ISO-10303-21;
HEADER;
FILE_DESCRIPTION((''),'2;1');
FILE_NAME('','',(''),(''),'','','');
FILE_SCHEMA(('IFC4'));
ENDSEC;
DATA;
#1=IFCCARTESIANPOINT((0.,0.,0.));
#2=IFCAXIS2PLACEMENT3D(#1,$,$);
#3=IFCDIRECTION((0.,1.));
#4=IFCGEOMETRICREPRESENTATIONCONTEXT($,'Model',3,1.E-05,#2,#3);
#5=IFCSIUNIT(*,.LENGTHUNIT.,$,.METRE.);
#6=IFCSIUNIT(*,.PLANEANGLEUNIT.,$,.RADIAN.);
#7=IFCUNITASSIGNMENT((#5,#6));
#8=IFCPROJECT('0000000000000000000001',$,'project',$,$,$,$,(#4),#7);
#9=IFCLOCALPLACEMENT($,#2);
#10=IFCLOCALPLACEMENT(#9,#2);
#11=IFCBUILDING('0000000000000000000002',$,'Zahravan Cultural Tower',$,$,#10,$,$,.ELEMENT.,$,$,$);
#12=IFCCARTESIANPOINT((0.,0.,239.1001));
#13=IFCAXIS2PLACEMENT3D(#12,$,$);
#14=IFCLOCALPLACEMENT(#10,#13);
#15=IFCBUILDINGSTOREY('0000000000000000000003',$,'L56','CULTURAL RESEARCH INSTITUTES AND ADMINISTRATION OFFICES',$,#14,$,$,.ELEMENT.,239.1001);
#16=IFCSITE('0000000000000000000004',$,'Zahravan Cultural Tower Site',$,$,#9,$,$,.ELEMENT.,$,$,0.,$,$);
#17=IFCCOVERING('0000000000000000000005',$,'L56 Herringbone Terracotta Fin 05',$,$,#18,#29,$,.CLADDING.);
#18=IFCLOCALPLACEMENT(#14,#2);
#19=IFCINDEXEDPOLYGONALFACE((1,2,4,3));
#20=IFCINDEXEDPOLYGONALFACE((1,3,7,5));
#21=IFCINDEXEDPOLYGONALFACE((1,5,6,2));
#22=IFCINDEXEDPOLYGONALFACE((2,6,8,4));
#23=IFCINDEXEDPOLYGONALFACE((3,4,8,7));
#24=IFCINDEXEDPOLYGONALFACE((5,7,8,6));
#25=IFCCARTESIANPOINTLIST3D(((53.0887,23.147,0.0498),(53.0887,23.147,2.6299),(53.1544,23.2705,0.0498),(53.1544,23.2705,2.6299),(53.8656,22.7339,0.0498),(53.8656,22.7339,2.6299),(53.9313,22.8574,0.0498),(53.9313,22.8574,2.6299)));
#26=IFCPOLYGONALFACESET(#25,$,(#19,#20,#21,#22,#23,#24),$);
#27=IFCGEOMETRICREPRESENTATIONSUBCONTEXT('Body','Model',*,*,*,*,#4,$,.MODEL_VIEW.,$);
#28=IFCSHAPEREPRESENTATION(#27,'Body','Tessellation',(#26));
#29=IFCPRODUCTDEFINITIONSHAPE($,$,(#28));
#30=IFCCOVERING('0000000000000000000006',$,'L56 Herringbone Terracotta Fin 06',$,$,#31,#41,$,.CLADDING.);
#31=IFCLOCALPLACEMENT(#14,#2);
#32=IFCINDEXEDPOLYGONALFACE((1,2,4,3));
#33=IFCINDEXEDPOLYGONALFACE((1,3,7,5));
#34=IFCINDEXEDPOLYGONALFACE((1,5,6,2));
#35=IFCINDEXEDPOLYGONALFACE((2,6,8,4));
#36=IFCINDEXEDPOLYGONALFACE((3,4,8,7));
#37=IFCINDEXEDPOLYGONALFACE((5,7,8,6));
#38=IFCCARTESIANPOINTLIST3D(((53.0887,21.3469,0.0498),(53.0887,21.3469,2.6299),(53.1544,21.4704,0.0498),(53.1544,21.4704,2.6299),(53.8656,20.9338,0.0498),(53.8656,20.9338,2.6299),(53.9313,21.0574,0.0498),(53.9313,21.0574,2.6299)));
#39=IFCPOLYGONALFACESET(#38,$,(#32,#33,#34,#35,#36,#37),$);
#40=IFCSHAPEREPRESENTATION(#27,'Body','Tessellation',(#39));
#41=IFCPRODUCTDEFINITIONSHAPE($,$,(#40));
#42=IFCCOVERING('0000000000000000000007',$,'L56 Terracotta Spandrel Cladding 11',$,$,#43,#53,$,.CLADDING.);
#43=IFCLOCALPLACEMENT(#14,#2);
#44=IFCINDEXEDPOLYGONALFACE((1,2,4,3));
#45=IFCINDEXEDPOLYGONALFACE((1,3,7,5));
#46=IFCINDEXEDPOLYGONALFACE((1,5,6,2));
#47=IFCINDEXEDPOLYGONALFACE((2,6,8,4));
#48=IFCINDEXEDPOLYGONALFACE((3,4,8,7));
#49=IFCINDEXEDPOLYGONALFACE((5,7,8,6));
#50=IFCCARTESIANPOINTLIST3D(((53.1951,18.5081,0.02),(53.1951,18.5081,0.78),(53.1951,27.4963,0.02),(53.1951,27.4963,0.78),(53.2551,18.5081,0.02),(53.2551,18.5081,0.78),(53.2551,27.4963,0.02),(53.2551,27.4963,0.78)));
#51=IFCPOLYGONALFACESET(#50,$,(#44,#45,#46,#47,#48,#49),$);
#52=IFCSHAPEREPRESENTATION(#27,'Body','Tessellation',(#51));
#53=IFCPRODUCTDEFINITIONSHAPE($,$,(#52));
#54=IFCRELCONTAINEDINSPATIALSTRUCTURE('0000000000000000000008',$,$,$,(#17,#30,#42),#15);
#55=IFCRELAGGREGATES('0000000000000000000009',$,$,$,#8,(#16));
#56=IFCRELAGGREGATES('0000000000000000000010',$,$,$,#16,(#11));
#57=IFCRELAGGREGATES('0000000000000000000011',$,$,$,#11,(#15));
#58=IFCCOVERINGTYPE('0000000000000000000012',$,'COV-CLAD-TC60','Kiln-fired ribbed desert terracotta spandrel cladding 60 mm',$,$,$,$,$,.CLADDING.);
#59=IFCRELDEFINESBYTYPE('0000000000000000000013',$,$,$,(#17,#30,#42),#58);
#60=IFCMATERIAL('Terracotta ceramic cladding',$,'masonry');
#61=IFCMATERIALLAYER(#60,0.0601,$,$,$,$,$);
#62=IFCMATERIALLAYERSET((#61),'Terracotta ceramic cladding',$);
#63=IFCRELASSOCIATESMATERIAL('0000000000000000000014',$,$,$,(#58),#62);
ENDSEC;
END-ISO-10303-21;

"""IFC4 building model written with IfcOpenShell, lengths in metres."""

from ifc_helpers import new_model, si_unit, direction, frame, origin, origin_2d, place, context, subcontext, project, spatial, rectangle, extrude, source, transform, mapped, material, layer, layer_set, type_object, element, save


model = new_model("IFC4")

# Units and contexts
model_context = context("Model", 3, precision=1e-05, world=origin(), true_north=direction((0.0, 1.0)))
body_context = subcontext(model_context, "Body", "Model", "MODEL_VIEW")
ifc_project = project(units=[si_unit("LENGTHUNIT", "METRE"), si_unit("PLANEANGLEUNIT", "RADIAN")], contexts=[model_context])

# Site, building, storey
site_placement = place(None, origin())
site = spatial("IfcSite", under=ifc_project, at=site_placement, Name="Zahravan Cultural Tower Site", CompositionType="ELEMENT", RefElevation=0.0)
building_placement = place(site_placement, origin())
building = spatial("IfcBuilding", under=site, at=building_placement, Name="Zahravan Cultural Tower", CompositionType="ELEMENT")
storey_placement = place(building_placement, frame((0.0, 0.0, 239.1001)))
storey = spatial("IfcBuildingStorey", under=building, at=storey_placement, Name="L56", Description="CULTURAL RESEARCH INSTITUTES AND ADMINISTRATION OFFICES", CompositionType="ELEMENT", Elevation=239.1001)

# Coverings
ifc_material_1 = material(Name="Terracotta ceramic cladding", Category="masonry")
ifc_layer_1 = layer(ifc_material_1, 0.0601)
ifc_layer_set_1 = layer_set([ifc_layer_1], Name="Terracotta ceramic cladding")
covering_type = type_object("IfcCoveringType", Name="COV-CLAD-TC60", Description="Kiln-fired ribbed desert terracotta spandrel cladding 60 mm", PredefinedType="CLADDING", material=ifc_layer_set_1)
shared_shape_1 = source(origin(), body_context, "Body", "SweptSolid", [
    extrude(rectangle(XDim=0.8799, YDim=0.1399, at=origin_2d()), origin(), (0.0, 0.0, 1.0), 2.5801),
])
for number, where, z_axis, x_axis, name in (
    (1, (53.51, 23.0022, 0.0498), (0.0, 0.0, 1.0), (0.882948, -0.469472, 0.0), "L56 Herringbone Terracotta Fin 05"),
    (2, (53.51, 21.2021, 0.0498), (0.0, 0.0, 1.0), (0.882948, -0.469472, 0.0), "L56 Herringbone Terracotta Fin 06"),
):
    element("IfcCovering", number, at=place(storey_placement, frame(where, z_axis=z_axis, x_axis=x_axis)), inside=storey, type_object=covering_type, Name=name, PredefinedType="CLADDING", context=body_context, shape_type="MappedRepresentation", body=[
        mapped(shared_shape_1, transform((0.0, 0.0, 0.0), x_axis=(1.0, 0.0, 0.0), y_axis=(0.0, 1.0, 0.0), z_axis=(0.0, 0.0, 1.0), scale=1.0)),
    ])
shared_shape_2 = source(origin(), body_context, "Body", "SweptSolid", [
    extrude(rectangle(XDim=8.9883, YDim=0.0601, at=origin_2d()), origin(), (0.0, 0.0, 1.0), 0.76),
])
covering_placement = place(storey_placement, frame((53.2251, 23.0022, 0.02), z_axis=(0.0, 0.0, 1.0), x_axis=(0.0, -1.0, 0.0)))
element("IfcCovering", 3, at=covering_placement, inside=storey, type_object=covering_type, Name="L56 Terracotta Spandrel Cladding 11", PredefinedType="CLADDING", context=body_context, shape_type="MappedRepresentation", body=[
    mapped(shared_shape_2, transform((0.0, 0.0, 0.0), x_axis=(1.0, 0.0, 0.0), y_axis=(0.0, 1.0, 0.0), z_axis=(0.0, 0.0, 1.0), scale=1.0)),
])

save(model, "model.ifc")
